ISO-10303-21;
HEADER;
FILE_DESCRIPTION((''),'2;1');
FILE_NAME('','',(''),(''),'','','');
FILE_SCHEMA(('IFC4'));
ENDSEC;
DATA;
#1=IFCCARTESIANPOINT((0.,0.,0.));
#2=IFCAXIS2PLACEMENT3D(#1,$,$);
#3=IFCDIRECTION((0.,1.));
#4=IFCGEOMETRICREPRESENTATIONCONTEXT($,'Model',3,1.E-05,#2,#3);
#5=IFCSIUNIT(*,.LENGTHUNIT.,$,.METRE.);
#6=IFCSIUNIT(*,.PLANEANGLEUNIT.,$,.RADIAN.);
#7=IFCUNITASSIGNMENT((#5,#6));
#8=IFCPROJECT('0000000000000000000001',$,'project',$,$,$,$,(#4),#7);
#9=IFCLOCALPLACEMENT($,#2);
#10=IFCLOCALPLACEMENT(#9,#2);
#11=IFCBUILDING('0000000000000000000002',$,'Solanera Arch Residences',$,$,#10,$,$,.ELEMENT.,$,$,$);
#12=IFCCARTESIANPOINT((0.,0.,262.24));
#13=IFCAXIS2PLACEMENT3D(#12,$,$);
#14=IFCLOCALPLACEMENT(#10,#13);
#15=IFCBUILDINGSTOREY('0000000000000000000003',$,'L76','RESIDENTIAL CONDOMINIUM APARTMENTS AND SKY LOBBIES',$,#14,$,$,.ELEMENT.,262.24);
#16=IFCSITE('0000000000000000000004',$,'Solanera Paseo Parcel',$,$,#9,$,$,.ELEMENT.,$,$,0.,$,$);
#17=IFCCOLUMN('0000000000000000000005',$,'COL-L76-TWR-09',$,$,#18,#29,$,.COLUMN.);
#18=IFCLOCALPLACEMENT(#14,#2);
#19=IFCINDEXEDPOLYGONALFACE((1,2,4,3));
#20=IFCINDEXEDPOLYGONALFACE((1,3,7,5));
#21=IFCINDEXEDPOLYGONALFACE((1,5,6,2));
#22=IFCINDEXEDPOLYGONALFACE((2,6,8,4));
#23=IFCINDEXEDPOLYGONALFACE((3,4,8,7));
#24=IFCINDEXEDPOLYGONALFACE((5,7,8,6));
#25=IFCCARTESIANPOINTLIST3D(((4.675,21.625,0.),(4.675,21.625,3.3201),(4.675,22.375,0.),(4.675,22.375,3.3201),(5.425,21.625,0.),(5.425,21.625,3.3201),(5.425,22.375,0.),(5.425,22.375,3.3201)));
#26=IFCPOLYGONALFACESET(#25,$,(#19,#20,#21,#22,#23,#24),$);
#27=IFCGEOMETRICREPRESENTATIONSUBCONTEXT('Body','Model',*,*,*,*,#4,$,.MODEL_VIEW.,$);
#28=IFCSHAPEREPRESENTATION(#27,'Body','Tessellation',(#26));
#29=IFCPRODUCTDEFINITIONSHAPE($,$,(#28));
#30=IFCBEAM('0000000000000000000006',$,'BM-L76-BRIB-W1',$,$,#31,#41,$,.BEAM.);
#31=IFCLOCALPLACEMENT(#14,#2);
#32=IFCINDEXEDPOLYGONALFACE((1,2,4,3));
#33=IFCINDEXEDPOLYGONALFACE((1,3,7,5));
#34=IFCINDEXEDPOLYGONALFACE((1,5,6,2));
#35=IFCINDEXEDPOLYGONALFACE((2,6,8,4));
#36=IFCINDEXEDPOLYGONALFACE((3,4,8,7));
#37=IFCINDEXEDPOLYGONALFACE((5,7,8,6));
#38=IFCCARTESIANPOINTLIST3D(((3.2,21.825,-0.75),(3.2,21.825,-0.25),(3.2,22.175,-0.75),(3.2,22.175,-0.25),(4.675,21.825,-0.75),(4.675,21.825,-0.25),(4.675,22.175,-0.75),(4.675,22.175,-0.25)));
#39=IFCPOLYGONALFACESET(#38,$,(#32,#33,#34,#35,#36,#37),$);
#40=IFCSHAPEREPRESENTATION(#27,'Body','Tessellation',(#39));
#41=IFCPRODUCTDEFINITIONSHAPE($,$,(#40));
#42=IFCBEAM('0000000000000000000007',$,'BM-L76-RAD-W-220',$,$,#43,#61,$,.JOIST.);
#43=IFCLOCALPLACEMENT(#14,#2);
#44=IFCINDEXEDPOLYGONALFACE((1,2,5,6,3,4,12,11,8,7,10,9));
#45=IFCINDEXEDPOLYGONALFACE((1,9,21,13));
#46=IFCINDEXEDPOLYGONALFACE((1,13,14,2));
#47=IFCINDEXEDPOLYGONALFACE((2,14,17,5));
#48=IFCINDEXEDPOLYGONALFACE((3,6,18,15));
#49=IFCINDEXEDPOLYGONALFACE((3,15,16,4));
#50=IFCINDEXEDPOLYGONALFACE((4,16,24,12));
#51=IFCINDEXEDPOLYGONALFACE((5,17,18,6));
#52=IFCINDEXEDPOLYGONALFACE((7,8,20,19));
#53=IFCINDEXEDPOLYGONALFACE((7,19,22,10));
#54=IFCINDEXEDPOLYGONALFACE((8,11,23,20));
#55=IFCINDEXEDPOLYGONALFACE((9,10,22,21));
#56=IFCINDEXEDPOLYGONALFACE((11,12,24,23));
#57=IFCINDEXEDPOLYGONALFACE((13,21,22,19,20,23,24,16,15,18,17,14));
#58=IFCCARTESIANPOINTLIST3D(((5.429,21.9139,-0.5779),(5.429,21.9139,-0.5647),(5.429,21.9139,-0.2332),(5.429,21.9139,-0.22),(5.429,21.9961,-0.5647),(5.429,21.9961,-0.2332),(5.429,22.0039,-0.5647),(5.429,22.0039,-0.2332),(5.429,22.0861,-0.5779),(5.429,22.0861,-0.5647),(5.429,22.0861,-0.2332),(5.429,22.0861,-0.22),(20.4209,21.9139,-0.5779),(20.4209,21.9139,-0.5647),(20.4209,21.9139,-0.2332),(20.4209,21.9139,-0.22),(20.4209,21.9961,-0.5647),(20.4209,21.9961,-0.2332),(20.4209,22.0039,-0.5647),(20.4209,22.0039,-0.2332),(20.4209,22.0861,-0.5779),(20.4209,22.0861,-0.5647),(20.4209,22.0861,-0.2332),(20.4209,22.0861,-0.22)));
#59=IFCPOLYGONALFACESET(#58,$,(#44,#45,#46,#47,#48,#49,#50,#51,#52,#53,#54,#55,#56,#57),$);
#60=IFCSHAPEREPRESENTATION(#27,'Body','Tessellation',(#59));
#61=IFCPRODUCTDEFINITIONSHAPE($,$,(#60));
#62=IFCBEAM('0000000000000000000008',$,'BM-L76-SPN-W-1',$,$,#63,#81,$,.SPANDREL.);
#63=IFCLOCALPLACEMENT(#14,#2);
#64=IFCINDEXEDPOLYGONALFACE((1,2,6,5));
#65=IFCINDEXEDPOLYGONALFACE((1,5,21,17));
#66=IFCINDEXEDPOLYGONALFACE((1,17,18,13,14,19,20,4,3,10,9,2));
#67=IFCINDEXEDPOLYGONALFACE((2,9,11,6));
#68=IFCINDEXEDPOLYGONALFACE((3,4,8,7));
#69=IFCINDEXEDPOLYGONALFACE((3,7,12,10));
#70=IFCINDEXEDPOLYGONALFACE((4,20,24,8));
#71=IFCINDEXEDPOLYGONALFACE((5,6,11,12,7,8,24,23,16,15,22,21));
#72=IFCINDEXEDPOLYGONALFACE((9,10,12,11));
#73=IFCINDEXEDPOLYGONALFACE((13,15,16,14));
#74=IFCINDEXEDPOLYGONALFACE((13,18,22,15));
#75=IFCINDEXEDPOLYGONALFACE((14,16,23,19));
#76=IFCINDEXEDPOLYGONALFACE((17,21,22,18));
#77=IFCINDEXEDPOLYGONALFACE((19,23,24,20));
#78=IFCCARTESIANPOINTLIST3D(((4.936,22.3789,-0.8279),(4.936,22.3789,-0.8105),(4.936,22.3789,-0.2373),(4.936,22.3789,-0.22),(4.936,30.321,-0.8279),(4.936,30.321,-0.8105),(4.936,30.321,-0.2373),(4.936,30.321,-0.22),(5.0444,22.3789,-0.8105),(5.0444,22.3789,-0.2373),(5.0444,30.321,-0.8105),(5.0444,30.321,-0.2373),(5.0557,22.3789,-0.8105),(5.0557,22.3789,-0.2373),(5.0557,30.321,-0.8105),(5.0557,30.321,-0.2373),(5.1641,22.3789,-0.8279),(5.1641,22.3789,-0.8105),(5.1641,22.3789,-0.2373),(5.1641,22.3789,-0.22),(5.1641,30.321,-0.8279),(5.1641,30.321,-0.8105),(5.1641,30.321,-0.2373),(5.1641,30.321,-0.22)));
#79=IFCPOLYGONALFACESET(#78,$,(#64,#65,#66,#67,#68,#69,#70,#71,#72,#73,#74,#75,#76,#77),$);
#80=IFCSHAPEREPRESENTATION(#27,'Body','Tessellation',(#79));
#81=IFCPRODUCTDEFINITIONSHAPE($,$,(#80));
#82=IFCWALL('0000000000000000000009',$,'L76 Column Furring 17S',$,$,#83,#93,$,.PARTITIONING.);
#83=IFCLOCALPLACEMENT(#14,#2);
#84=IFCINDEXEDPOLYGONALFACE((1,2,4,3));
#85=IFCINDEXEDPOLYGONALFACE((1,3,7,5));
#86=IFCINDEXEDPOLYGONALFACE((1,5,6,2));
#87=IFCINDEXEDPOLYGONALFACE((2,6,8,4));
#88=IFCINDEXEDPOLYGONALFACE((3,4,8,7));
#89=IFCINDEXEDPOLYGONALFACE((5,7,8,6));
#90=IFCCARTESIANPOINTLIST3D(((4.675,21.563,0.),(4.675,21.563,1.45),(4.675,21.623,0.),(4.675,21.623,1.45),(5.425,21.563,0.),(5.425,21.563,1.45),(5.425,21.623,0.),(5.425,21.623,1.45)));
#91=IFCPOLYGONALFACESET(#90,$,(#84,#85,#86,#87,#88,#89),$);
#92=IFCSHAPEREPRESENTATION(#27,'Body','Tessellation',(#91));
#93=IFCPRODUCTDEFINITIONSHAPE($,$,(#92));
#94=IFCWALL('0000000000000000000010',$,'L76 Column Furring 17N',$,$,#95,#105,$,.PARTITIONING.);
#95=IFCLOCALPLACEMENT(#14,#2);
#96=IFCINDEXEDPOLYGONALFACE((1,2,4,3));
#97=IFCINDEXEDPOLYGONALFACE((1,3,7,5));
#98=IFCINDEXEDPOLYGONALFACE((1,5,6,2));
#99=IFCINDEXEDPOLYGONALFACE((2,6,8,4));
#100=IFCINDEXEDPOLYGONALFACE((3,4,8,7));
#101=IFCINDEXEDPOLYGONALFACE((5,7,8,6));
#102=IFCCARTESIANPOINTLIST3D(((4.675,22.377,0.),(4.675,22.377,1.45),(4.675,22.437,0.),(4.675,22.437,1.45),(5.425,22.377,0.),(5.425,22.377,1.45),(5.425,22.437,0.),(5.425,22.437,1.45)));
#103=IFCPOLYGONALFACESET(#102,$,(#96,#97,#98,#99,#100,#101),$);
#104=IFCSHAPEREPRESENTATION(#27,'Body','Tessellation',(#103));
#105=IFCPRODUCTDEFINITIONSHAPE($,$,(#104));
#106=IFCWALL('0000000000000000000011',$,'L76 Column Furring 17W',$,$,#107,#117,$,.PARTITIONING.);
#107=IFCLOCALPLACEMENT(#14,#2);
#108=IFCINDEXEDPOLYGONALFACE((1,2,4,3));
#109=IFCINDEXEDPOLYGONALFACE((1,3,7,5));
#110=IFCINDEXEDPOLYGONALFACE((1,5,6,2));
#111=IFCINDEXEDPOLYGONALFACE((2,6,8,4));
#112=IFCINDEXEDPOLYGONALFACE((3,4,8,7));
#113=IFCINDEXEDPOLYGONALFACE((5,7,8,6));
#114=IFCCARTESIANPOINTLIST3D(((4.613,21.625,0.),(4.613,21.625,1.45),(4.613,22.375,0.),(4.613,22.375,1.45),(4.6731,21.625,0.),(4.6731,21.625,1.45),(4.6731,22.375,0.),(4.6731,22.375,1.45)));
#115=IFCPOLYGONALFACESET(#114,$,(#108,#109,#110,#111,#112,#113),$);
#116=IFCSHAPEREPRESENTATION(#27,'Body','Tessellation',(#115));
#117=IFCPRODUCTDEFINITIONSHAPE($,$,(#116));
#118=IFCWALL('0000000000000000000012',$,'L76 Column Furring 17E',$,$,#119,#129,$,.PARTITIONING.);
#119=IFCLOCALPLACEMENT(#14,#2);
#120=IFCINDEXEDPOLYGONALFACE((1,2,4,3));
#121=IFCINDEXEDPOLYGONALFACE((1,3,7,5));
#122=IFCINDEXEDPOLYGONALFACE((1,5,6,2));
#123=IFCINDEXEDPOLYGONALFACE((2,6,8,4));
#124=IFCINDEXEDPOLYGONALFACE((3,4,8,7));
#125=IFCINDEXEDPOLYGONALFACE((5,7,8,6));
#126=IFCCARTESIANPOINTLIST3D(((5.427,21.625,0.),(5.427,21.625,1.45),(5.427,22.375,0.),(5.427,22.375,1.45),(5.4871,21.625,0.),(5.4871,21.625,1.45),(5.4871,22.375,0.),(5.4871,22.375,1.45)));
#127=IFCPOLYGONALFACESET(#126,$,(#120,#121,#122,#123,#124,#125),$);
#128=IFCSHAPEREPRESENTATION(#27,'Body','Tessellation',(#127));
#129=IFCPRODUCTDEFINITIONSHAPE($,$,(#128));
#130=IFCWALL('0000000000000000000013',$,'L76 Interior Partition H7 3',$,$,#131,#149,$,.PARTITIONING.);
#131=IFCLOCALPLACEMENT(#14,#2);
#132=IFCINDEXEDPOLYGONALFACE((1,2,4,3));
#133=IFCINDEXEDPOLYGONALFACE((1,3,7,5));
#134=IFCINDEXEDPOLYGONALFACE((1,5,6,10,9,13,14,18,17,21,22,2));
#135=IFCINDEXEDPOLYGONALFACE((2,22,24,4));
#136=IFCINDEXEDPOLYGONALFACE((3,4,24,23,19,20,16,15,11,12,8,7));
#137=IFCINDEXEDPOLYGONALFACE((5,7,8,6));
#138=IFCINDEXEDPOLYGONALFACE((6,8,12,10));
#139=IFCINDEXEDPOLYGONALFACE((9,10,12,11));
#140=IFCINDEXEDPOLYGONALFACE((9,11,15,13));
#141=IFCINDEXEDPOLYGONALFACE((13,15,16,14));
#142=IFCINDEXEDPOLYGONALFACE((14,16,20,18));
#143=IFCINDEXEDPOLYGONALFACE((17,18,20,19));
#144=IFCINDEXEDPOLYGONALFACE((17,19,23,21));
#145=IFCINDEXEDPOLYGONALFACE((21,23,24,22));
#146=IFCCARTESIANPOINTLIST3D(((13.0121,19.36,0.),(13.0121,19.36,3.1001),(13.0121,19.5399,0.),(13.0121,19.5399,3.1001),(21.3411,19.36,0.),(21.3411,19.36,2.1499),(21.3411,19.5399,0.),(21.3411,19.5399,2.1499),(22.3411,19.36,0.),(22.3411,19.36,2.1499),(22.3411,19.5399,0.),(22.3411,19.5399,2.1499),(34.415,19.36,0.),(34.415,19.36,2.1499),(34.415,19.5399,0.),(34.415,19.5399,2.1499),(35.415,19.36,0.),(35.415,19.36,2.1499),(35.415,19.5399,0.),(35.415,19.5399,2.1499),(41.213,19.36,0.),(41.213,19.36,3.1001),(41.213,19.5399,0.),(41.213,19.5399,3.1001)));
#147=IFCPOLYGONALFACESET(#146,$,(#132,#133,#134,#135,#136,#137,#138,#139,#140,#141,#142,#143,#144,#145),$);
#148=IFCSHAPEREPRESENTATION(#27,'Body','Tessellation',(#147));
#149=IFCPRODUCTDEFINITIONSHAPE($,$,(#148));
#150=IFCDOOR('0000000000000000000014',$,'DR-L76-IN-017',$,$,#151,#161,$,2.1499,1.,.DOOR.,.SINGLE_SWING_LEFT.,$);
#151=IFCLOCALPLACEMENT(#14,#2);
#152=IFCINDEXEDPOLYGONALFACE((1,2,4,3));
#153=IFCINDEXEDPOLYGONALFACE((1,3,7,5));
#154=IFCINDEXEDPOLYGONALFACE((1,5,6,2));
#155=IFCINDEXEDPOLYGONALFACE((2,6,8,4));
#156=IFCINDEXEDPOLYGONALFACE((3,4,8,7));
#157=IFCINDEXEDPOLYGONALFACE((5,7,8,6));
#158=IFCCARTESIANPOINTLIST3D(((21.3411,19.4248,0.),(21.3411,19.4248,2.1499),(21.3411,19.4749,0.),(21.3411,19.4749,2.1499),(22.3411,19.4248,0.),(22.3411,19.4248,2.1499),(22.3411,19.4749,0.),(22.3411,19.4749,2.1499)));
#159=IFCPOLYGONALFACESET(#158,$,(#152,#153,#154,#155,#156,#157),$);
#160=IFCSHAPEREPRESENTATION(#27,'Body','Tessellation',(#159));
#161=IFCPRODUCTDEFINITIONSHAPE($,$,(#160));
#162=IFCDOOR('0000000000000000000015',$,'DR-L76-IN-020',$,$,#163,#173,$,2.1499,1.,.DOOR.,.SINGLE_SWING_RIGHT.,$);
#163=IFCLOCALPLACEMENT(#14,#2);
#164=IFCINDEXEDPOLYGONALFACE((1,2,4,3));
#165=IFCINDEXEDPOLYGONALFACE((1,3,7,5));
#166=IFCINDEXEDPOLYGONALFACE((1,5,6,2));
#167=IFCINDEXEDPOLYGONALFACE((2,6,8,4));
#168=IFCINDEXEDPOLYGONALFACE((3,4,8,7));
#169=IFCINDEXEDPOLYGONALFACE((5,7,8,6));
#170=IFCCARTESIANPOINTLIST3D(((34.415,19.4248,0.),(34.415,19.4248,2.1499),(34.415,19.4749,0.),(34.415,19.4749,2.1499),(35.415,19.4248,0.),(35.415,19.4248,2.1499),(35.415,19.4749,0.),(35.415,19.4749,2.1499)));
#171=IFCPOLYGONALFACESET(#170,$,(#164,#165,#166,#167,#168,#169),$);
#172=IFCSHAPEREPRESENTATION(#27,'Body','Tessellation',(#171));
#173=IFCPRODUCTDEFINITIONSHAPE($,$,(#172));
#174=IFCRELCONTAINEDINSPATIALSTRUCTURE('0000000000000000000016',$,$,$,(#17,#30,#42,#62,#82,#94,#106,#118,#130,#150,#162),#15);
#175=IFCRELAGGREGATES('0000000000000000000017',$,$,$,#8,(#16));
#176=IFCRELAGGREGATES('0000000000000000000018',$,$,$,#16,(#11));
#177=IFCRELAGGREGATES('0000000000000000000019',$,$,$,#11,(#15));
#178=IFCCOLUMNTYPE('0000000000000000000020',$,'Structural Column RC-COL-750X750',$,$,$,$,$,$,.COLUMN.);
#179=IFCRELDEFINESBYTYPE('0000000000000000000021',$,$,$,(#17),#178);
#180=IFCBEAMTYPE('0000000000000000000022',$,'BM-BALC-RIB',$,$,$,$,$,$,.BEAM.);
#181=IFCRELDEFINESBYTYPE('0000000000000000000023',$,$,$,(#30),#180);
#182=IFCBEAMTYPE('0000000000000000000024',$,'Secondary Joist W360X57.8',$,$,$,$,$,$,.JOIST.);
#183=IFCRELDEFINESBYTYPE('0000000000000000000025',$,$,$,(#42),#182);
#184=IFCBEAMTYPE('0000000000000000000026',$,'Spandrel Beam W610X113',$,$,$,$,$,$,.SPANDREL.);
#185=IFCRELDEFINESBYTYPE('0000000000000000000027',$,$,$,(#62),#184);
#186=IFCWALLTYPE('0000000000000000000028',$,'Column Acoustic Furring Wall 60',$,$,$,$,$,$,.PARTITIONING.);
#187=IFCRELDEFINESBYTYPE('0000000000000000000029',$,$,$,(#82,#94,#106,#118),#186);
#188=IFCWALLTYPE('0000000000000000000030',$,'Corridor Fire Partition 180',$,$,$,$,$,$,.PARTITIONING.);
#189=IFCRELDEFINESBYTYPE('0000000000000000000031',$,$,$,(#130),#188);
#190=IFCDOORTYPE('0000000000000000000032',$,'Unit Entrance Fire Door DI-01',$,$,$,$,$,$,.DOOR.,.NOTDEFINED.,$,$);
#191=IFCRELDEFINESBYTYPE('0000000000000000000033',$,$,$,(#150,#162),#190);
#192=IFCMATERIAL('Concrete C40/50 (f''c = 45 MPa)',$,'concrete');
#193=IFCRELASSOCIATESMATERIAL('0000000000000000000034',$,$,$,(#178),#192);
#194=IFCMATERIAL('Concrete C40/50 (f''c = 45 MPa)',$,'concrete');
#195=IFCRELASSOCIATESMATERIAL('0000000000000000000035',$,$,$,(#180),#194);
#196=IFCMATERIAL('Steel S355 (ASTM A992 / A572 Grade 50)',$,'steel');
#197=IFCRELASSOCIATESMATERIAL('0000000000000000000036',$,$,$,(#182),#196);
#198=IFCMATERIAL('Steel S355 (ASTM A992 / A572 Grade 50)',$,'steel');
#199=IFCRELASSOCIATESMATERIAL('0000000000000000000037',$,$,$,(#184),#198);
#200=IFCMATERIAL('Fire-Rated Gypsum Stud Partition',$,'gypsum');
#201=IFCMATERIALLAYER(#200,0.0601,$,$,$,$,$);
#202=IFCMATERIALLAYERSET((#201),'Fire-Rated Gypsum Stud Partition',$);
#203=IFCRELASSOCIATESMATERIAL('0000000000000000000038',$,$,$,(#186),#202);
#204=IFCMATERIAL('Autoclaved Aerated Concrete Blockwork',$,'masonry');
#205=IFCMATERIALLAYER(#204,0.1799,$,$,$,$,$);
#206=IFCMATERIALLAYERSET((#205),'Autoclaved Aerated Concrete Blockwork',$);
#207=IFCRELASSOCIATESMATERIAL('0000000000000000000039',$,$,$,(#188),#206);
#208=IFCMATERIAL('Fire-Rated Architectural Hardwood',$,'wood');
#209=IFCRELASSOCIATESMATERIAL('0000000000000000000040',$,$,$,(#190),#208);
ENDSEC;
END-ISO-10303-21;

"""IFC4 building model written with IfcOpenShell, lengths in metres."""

from ifc_helpers import new_model, si_unit, direction, frame, frame_2d, origin, origin_2d, place, context, subcontext, project, spatial, rectangle, i_section, extrude, material, layer, layer_set, material_profile, profile_set, type_object, element, fill, save


model = new_model("IFC4")

# Units and contexts
model_context = context("Model", 3, precision=1e-05, world=origin(), true_north=direction((0.0, 1.0)))
body_context = subcontext(model_context, "Body", "Model", "MODEL_VIEW")
ifc_project = project(units=[si_unit("LENGTHUNIT", "METRE"), si_unit("PLANEANGLEUNIT", "RADIAN")], contexts=[model_context])

# Site, building, storey
site_placement = place(None, origin())
site = spatial("IfcSite", under=ifc_project, at=site_placement, Name="Solanera Paseo Parcel", CompositionType="ELEMENT", RefElevation=0.0)
building_placement = place(site_placement, origin())
building = spatial("IfcBuilding", under=site, at=building_placement, Name="Solanera Arch Residences", CompositionType="ELEMENT")
storey_placement = place(building_placement, frame((0.0, 0.0, 262.24)))
storey = spatial("IfcBuildingStorey", under=building, at=storey_placement, Name="L76", Description="RESIDENTIAL CONDOMINIUM APARTMENTS AND SKY LOBBIES", CompositionType="ELEMENT", Elevation=262.24)

# Column
ifc_material_1 = material(Name="Concrete C40/50 (f'c = 45 MPa)", Category="concrete")
ifc_material_profile_1 = material_profile(ifc_material_1, rectangle(XDim=0.75, YDim=0.75, at=origin_2d()))
ifc_profile_set_1 = profile_set([ifc_material_profile_1], Name="Concrete C40/50 (f'c = 45 MPa)")
column_type = type_object("IfcColumnType", Name="Structural Column RC-COL-750X750", PredefinedType="COLUMN", material=ifc_profile_set_1)
column_placement = place(storey_placement, frame((5.05, 22.0, 0.0), z_axis=(0.0, 0.0, 1.0), x_axis=(1.0, 0.0, 0.0)))
element("IfcColumn", 1, at=column_placement, inside=storey, type_object=column_type, Name="COL-L76-TWR-09", PredefinedType="COLUMN", context=body_context, shape_type="SweptSolid", body=[
    extrude(rectangle(XDim=0.75, YDim=0.75, at=origin_2d()), origin(), (0.0, 0.0, 1.0), 3.3201),
])

# Beams
ifc_material_2 = material(Name="Concrete C40/50 (f'c = 45 MPa)", Category="concrete")
ifc_material_profile_2 = material_profile(ifc_material_2, rectangle(XDim=0.3501, YDim=0.5, at=origin_2d()))
ifc_profile_set_2 = profile_set([ifc_material_profile_2], Name="Concrete C40/50 (f'c = 45 MPa)")
beam_type_1 = type_object("IfcBeamType", Name="BM-BALC-RIB", PredefinedType="BEAM", material=ifc_profile_set_2)
beam_1_placement = place(storey_placement, frame((3.2, 22.0, -0.5), z_axis=(1.0, 0.0, 0.0), x_axis=(0.0, 1.0, 0.0)))
element("IfcBeam", 2, at=beam_1_placement, inside=storey, type_object=beam_type_1, Name="BM-L76-BRIB-W1", PredefinedType="BEAM", context=body_context, shape_type="SweptSolid", body=[
    extrude(rectangle(XDim=0.3501, YDim=0.5, at=origin_2d()), origin(), (0.0, 0.0, 1.0), 1.4751),
])
ifc_material_3 = material(Name="Steel S355 (ASTM A992 / A572 Grade 50)", Category="steel")
ifc_material_profile_3 = material_profile(ifc_material_3, i_section(OverallWidth=0.1721, OverallDepth=0.3579, WebThickness=0.0078, FlangeThickness=0.0132, at=origin_2d()))
ifc_profile_set_3 = profile_set([ifc_material_profile_3], Name="Steel S355 (ASTM A992 / A572 Grade 50)")
beam_type_2 = type_object("IfcBeamType", Name="Secondary Joist W360X57.8", PredefinedType="JOIST", material=ifc_profile_set_3)
beam_2_placement = place(storey_placement, frame((5.429, 22.0, -0.3989), z_axis=(1.0, 0.0, 0.0), x_axis=(0.0, 1.0, 0.0)))
element("IfcBeam", 3, at=beam_2_placement, inside=storey, type_object=beam_type_2, Name="BM-L76-RAD-W-220", PredefinedType="JOIST", context=body_context, shape_type="SweptSolid", body=[
    extrude(i_section(OverallWidth=0.1721, OverallDepth=0.3579, WebThickness=0.0078, FlangeThickness=0.0132, at=origin_2d()), origin(), (0.0, 0.0, 1.0), 14.9919),
])
ifc_material_4 = material(Name="Steel S355 (ASTM A992 / A572 Grade 50)", Category="steel")
ifc_material_profile_4 = material_profile(ifc_material_4, i_section(OverallWidth=0.228, OverallDepth=0.6079, WebThickness=0.0112, FlangeThickness=0.0173, at=origin_2d()))
ifc_profile_set_4 = profile_set([ifc_material_profile_4], Name="Steel S355 (ASTM A992 / A572 Grade 50)")
beam_type_3 = type_object("IfcBeamType", Name="Spandrel Beam W610X113", PredefinedType="SPANDREL", material=ifc_profile_set_4)
beam_3_placement = place(storey_placement, frame((5.05, 22.3789, -0.5239), z_axis=(0.0, 1.0, 0.0), x_axis=(-1.0, 0.0, 0.0)))
element("IfcBeam", 4, at=beam_3_placement, inside=storey, type_object=beam_type_3, Name="BM-L76-SPN-W-1", PredefinedType="SPANDREL", context=body_context, shape_type="SweptSolid", body=[
    extrude(i_section(OverallWidth=0.228, OverallDepth=0.6079, WebThickness=0.0112, FlangeThickness=0.0173, at=origin_2d()), origin(), (0.0, 0.0, 1.0), 7.9421),
])

# Walls
ifc_material_5 = material(Name="Fire-Rated Gypsum Stud Partition", Category="gypsum")
ifc_layer_1 = layer(ifc_material_5, 0.0601)
ifc_layer_set_1 = layer_set([ifc_layer_1], Name="Fire-Rated Gypsum Stud Partition")
wall_type_1 = type_object("IfcWallType", Name="Column Acoustic Furring Wall 60", PredefinedType="PARTITIONING", material=ifc_layer_set_1)
for number, where, z_axis, x_axis, name in (
    (5, (4.675, 21.593, 0.0), (0.0, 0.0, 1.0), (1.0, 0.0, 0.0), "L76 Column Furring 17S"),
    (6, (4.675, 22.407, 0.0), (0.0, 0.0, 1.0), (1.0, 0.0, 0.0), "L76 Column Furring 17N"),
    (7, (4.6431, 21.625, 0.0), (0.0, 0.0, 1.0), (0.0, 1.0, 0.0), "L76 Column Furring 17W"),
    (8, (5.457, 21.625, 0.0), (0.0, 0.0, 1.0), (0.0, 1.0, 0.0), "L76 Column Furring 17E"),
):
    element("IfcWall", number, at=place(storey_placement, frame(where, z_axis=z_axis, x_axis=x_axis)), inside=storey, type_object=wall_type_1, Name=name, PredefinedType="PARTITIONING", context=body_context, shape_type="SweptSolid", body=[
        extrude(rectangle(XDim=0.75, YDim=0.0601, at=frame_2d((0.375, 0.0))), origin(), (0.0, 0.0, 1.0), 1.45),
    ])

# Wall, openings, doors
ifc_material_6 = material(Name="Autoclaved Aerated Concrete Blockwork", Category="masonry")
ifc_layer_2 = layer(ifc_material_6, 0.1799)
ifc_layer_set_2 = layer_set([ifc_layer_2], Name="Autoclaved Aerated Concrete Blockwork")
wall_type_2 = type_object("IfcWallType", Name="Corridor Fire Partition 180", PredefinedType="PARTITIONING", material=ifc_layer_set_2)
wall_1_placement = place(storey_placement, frame((13.012, 19.45, 0.0), z_axis=(0.0, 0.0, 1.0), x_axis=(1.0, 0.0, 0.0)))
wall_1 = element("IfcWall", 9, at=wall_1_placement, inside=storey, type_object=wall_type_2, Name="L76 Interior Partition H7 3", PredefinedType="PARTITIONING", context=body_context, shape_type="SweptSolid", body=[
    extrude(rectangle(XDim=28.2009, YDim=0.1799, at=frame_2d((14.1006, 0.0))), origin(), (0.0, 0.0, 1.0), 3.1001),
])
opening_1_placement = place(wall_1_placement, frame((8.3291, 0.0, 0.0)))
opening_1 = element("IfcOpeningElement", 10, at=opening_1_placement, cuts=wall_1, PredefinedType="OPENING", context=body_context, shape_type="SweptSolid", body=[
    extrude(rectangle(XDim=1.0, YDim=2.1499, at=frame_2d((0.5, 1.075))), frame((0.0, 0.1001, 0.0), z_axis=(0.0, -1.0, 0.0), x_axis=(1.0, 0.0, 0.0)), (0.0, 0.0, 1.0), 0.1999),
])
opening_2_placement = place(wall_1_placement, frame((21.4031, 0.0, 0.0)))
opening_2 = element("IfcOpeningElement", 11, at=opening_2_placement, cuts=wall_1, PredefinedType="OPENING", context=body_context, shape_type="SweptSolid", body=[
    extrude(rectangle(XDim=1.0, YDim=2.1499, at=frame_2d((0.5, 1.075))), frame((0.0, 0.1001, 0.0), z_axis=(0.0, -1.0, 0.0), x_axis=(1.0, 0.0, 0.0)), (0.0, 0.0, 1.0), 0.1999),
])
ifc_material_7 = material(Name="Fire-Rated Architectural Hardwood", Category="wood")
door_type_1 = type_object("IfcDoorType", Name="Unit Entrance Fire Door DI-01", OperationType="NOTDEFINED", PredefinedType="DOOR", material=ifc_material_7)
door_1_placement = place(opening_1_placement, origin())
door_1 = element("IfcDoor", 12, at=door_1_placement, inside=storey, type_object=door_type_1, Name="DR-L76-IN-017", OperationType="SINGLE_SWING_LEFT", OverallHeight=2.1499, OverallWidth=1.0, PredefinedType="DOOR", context=body_context, shape_type="SweptSolid", body=[
    extrude(rectangle(XDim=1.0, YDim=2.1499, at=frame_2d((0.5, 1.075))), frame((0.0, 0.0249, 0.0), z_axis=(0.0, -1.0, 0.0), x_axis=(1.0, 0.0, 0.0)), (0.0, 0.0, 1.0), 0.05),
])
fill(opening_1, door_1)
door_2_placement = place(opening_2_placement, origin())
door_2 = element("IfcDoor", 13, at=door_2_placement, inside=storey, type_object=door_type_1, Name="DR-L76-IN-020", OperationType="SINGLE_SWING_RIGHT", OverallHeight=2.1499, OverallWidth=1.0, PredefinedType="DOOR", context=body_context, shape_type="SweptSolid", body=[
    extrude(rectangle(XDim=1.0, YDim=2.1499, at=frame_2d((0.5, 1.075))), frame((0.0, 0.0249, 0.0), z_axis=(0.0, -1.0, 0.0), x_axis=(1.0, 0.0, 0.0)), (0.0, 0.0, 1.0), 0.05),
])
fill(opening_2, door_2)

save(model, "model.ifc")
